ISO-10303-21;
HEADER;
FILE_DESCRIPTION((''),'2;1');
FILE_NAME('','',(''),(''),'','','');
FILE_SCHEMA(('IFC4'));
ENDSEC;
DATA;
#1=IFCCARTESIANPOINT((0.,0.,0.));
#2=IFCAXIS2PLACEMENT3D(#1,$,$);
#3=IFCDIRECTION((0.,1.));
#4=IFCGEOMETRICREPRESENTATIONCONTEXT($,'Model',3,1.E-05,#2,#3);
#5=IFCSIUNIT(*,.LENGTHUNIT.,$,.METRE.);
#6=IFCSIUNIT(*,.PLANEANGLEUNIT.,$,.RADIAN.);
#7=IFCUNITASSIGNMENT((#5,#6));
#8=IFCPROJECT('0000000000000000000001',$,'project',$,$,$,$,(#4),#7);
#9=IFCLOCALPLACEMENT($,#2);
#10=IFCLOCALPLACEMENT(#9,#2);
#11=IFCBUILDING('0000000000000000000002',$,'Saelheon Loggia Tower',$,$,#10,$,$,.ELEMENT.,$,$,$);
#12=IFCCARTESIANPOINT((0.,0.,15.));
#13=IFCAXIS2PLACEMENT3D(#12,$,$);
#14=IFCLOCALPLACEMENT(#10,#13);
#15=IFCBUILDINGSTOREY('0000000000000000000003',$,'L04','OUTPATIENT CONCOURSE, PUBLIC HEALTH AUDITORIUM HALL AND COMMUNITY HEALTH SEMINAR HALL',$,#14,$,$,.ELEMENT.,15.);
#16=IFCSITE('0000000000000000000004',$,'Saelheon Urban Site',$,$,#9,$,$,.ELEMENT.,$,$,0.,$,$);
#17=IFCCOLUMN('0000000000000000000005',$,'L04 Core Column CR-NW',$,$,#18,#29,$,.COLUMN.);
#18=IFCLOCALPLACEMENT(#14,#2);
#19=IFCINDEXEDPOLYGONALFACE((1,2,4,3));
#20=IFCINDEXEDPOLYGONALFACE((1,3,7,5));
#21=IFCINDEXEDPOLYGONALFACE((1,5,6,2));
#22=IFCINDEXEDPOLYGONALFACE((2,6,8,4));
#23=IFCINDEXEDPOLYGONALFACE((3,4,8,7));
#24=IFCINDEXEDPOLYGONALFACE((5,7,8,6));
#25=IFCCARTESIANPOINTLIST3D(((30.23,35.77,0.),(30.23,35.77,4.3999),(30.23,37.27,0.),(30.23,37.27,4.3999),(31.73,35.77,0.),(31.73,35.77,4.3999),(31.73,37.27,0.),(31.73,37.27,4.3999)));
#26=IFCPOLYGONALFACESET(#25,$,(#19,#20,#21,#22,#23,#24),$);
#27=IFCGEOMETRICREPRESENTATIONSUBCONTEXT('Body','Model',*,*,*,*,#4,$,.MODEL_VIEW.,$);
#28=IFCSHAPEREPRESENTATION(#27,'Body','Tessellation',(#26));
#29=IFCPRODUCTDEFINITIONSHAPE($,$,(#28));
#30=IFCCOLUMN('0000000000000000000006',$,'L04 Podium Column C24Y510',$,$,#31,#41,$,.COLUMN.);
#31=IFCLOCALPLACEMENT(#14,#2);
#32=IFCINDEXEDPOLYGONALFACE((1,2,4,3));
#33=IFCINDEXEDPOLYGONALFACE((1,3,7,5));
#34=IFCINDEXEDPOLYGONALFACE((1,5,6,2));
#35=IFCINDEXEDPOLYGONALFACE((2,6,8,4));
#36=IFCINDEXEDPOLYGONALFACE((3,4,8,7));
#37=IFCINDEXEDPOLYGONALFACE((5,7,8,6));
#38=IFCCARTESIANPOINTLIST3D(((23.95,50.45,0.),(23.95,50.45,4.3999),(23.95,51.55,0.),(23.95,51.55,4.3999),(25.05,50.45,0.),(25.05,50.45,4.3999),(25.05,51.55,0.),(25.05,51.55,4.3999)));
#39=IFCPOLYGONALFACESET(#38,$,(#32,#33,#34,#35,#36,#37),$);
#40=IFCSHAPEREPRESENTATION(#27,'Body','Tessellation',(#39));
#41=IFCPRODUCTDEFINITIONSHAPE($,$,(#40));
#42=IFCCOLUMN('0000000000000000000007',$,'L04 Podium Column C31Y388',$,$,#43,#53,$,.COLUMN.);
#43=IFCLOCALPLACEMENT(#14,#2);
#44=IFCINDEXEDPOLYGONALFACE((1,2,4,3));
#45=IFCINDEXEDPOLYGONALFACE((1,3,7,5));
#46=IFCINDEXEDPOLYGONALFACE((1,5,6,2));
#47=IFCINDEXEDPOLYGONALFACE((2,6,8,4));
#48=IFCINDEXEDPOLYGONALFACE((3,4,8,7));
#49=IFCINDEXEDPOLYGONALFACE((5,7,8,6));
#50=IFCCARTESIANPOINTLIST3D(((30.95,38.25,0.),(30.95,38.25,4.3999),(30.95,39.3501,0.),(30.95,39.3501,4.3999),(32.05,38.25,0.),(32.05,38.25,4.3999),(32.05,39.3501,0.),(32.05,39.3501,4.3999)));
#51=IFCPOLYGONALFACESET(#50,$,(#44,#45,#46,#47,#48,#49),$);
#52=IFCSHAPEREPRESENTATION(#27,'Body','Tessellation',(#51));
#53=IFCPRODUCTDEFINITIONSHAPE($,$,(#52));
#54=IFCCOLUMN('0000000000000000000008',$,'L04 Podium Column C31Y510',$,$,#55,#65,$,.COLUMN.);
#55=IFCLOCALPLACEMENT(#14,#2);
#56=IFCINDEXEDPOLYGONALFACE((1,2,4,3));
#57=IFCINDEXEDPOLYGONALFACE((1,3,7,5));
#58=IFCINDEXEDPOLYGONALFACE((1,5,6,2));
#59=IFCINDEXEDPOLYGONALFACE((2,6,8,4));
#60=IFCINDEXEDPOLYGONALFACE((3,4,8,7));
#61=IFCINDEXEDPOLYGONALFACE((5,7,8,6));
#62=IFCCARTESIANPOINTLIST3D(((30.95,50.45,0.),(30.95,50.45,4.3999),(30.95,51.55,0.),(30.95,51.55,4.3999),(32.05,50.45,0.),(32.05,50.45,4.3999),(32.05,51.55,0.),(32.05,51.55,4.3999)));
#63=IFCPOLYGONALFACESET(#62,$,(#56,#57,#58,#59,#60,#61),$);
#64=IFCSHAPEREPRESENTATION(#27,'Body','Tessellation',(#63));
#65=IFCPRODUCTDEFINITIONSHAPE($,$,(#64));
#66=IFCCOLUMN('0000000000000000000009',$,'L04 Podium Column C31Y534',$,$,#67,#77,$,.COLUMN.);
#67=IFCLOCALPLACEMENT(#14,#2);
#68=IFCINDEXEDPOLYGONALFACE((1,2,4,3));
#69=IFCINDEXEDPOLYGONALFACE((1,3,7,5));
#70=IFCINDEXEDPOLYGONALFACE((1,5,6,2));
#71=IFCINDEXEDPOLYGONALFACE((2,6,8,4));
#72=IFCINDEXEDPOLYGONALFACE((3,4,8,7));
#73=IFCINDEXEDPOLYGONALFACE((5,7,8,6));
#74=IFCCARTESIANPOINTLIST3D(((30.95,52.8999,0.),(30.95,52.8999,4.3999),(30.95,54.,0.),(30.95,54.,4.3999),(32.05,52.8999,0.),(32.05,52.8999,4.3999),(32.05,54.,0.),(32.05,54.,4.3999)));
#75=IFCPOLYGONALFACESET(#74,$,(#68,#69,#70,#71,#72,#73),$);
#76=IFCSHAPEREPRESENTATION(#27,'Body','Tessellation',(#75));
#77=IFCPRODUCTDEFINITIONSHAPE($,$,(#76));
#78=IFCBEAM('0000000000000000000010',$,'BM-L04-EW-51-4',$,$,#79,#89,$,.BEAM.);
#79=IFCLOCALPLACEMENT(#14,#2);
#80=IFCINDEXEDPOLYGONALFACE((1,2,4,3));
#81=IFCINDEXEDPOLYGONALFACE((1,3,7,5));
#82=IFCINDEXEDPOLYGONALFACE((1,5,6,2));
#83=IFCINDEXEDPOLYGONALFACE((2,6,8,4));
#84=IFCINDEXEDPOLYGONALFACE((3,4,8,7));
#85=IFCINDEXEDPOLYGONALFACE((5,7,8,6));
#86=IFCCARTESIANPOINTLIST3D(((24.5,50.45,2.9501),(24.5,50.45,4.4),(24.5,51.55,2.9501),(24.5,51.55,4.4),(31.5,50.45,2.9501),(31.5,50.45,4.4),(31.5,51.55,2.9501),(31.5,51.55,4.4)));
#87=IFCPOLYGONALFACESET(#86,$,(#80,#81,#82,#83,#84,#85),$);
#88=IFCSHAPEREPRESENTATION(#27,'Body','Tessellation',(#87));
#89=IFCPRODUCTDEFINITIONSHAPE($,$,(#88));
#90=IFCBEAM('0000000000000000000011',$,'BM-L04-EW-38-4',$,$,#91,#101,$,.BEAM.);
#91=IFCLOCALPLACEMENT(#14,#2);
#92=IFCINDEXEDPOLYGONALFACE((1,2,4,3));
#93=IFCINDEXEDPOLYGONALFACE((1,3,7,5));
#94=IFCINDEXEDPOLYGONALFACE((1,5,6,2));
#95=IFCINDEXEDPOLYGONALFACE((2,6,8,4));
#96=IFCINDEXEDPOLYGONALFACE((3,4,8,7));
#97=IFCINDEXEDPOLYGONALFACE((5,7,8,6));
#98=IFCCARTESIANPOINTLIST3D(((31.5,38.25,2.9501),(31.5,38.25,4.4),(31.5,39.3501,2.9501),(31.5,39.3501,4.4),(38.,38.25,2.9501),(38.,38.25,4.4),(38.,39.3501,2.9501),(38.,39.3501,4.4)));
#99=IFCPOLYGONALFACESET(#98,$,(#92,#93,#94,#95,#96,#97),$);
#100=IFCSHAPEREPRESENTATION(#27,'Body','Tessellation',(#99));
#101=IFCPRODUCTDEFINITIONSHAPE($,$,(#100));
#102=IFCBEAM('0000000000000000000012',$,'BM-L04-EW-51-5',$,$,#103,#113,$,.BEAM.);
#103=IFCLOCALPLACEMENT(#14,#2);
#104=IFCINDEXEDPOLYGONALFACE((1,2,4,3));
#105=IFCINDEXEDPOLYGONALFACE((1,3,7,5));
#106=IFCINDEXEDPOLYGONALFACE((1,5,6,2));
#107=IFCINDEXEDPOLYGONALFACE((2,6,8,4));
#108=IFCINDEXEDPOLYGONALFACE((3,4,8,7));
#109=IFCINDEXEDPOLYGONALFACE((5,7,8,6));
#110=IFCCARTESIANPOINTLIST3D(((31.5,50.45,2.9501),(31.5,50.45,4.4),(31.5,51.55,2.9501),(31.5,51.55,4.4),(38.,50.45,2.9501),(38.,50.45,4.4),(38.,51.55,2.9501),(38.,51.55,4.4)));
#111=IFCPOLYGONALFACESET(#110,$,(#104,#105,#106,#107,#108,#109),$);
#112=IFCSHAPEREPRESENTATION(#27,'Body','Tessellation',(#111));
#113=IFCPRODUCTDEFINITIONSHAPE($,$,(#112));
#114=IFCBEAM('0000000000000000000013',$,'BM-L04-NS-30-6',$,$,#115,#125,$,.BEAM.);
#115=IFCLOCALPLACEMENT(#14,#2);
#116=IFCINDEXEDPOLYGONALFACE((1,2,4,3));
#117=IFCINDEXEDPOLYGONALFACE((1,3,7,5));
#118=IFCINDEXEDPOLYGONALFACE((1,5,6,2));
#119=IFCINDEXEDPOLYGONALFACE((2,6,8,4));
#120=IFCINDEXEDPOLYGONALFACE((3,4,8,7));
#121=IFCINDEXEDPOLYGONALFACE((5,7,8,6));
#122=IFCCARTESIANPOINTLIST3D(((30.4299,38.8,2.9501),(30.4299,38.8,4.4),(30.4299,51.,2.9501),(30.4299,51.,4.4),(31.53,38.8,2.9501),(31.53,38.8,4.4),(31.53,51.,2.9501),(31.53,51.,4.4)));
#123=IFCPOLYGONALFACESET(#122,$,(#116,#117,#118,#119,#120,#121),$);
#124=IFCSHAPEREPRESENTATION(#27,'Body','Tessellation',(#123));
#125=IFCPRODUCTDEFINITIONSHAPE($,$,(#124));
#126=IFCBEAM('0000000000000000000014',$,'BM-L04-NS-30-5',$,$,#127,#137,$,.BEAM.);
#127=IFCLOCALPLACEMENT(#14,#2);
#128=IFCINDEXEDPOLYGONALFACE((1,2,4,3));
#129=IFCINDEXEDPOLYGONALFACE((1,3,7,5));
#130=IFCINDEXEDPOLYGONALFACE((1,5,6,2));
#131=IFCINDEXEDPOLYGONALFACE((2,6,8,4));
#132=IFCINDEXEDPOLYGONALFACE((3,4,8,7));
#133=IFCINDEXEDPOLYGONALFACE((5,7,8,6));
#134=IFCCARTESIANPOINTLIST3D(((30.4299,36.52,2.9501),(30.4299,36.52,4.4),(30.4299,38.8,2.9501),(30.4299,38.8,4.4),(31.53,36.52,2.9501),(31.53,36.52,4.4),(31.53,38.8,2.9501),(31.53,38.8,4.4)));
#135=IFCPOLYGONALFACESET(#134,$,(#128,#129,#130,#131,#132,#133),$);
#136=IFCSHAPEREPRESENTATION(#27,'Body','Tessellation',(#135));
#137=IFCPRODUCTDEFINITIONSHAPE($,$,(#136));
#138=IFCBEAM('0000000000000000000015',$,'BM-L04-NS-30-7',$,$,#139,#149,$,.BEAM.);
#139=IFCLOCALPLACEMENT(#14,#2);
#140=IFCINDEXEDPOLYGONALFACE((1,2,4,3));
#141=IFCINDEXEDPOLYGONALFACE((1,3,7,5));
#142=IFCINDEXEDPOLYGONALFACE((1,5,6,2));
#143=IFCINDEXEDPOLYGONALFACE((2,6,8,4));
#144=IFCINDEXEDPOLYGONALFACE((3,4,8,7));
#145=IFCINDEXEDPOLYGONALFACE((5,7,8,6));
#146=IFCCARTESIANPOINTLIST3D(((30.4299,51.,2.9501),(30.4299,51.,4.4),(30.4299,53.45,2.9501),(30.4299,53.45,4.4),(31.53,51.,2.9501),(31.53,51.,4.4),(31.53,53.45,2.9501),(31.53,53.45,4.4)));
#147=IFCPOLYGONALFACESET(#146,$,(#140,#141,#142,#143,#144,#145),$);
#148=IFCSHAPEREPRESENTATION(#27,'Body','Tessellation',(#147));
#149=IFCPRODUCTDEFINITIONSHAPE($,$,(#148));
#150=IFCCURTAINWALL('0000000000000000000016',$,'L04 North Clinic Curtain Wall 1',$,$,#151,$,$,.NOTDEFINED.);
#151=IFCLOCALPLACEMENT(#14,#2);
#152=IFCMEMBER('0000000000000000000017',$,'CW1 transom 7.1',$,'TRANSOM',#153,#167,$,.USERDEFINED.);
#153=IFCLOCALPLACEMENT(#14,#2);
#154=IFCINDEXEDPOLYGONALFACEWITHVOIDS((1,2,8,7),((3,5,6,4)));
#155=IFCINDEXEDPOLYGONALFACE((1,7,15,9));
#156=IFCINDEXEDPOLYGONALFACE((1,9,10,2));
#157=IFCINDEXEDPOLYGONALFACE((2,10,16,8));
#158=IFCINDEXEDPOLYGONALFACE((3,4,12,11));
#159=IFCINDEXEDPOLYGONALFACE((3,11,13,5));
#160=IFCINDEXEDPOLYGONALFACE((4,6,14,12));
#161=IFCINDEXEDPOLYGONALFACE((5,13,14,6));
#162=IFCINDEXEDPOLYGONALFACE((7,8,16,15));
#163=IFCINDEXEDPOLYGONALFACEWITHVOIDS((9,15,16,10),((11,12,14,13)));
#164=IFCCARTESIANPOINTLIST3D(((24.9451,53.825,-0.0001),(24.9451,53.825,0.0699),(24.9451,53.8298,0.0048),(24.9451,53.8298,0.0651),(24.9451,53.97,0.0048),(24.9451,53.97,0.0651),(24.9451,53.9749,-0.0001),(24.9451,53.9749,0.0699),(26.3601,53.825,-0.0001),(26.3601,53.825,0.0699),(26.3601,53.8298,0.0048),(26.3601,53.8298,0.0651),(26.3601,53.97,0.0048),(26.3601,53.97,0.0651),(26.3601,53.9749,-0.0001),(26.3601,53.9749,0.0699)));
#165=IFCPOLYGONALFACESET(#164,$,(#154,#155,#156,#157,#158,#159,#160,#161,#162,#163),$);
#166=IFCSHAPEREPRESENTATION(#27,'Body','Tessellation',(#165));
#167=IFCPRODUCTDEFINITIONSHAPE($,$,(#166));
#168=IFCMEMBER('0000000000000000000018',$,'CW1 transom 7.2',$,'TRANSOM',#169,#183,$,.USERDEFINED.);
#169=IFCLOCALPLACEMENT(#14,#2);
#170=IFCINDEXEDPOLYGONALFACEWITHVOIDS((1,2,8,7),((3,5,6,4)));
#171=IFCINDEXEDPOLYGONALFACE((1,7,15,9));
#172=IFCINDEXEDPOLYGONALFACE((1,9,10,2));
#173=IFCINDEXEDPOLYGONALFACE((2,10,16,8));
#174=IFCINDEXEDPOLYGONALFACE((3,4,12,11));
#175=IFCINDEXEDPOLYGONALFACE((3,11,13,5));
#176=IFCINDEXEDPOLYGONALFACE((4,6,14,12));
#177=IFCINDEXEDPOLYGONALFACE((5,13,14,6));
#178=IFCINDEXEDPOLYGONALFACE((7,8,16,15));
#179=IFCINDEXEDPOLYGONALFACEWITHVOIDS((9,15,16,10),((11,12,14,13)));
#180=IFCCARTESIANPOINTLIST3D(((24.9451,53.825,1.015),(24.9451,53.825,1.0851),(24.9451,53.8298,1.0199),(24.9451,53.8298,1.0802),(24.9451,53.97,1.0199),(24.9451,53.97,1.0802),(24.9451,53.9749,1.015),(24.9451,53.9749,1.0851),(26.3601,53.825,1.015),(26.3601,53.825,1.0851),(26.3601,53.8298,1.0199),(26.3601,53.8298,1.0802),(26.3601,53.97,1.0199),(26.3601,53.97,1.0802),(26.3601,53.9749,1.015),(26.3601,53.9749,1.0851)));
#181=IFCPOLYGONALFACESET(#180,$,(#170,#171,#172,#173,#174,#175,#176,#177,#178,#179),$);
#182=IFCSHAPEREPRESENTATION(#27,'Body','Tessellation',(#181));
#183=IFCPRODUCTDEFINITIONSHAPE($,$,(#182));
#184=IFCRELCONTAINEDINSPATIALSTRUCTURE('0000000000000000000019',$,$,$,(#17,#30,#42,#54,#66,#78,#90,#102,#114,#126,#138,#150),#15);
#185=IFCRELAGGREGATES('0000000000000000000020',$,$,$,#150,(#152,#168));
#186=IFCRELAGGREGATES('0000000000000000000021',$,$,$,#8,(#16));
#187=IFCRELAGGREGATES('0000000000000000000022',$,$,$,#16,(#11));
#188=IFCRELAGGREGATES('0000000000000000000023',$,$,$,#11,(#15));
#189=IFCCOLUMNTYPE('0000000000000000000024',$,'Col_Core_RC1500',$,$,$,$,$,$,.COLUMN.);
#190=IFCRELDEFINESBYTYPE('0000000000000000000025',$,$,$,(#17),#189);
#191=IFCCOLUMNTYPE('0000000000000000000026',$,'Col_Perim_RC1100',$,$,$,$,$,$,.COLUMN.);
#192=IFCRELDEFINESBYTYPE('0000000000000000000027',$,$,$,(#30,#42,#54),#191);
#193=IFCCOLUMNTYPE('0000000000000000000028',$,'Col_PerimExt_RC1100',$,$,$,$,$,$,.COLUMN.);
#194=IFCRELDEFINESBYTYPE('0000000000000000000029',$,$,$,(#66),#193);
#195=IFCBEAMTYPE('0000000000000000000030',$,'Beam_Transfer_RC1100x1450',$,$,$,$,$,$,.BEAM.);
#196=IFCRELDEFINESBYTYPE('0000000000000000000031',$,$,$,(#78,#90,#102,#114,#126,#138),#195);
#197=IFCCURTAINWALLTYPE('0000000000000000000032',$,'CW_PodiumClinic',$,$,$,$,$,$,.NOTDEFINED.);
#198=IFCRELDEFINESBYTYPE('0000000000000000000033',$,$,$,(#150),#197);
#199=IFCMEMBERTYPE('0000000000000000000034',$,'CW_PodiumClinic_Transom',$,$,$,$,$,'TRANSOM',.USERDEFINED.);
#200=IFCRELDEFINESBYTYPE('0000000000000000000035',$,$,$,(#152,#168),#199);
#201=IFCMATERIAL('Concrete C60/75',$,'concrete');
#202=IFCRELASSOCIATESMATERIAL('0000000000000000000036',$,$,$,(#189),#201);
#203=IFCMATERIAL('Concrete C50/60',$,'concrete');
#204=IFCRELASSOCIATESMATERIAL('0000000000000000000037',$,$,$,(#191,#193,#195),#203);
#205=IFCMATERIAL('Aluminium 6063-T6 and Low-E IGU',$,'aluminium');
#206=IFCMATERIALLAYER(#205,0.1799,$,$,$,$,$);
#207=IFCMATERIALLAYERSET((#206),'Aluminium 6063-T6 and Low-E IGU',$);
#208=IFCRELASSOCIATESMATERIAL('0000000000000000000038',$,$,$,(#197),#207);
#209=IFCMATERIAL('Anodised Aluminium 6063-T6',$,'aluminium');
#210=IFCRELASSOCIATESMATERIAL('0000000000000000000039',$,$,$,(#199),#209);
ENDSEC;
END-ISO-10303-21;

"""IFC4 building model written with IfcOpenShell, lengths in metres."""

from ifc_helpers import new_model, si_unit, direction, frame, origin, origin_2d, place, context, subcontext, project, spatial, rectangle, hollow_rectangle, extrude, source, transform, mapped, material, layer, layer_set, material_profile, profile_set, type_object, element, aggregate, save


model = new_model("IFC4")

# Units and contexts
model_context = context("Model", 3, precision=1e-05, world=origin(), true_north=direction((0.0, 1.0)))
body_context = subcontext(model_context, "Body", "Model", "MODEL_VIEW")
ifc_project = project(units=[si_unit("LENGTHUNIT", "METRE"), si_unit("PLANEANGLEUNIT", "RADIAN")], contexts=[model_context])

# Site, building, storey
site_placement = place(None, origin())
site = spatial("IfcSite", under=ifc_project, at=site_placement, Name="Saelheon Urban Site", CompositionType="ELEMENT", RefElevation=0.0)
building_placement = place(site_placement, origin())
building = spatial("IfcBuilding", under=site, at=building_placement, Name="Saelheon Loggia Tower", CompositionType="ELEMENT")
storey_placement = place(building_placement, frame((0.0, 0.0, 15.0)))
storey = spatial("IfcBuildingStorey", under=building, at=storey_placement, Name="L04", Description="OUTPATIENT CONCOURSE, PUBLIC HEALTH AUDITORIUM HALL AND COMMUNITY HEALTH SEMINAR HALL", CompositionType="ELEMENT", Elevation=15.0)

# Columns
ifc_material_1 = material(Name="Concrete C60/75", Category="concrete")
ifc_material_profile_1 = material_profile(ifc_material_1, rectangle(XDim=1.5, YDim=1.5, at=origin_2d()), Name="RC-1500x1500")
ifc_profile_set_1 = profile_set([ifc_material_profile_1], Name="Concrete C60/75")
column_type_1 = type_object("IfcColumnType", Name="Col_Core_RC1500", PredefinedType="COLUMN", material=ifc_profile_set_1)
shared_shape_1 = source(origin(), body_context, "Body", "SweptSolid", [
    extrude(rectangle(XDim=1.5, YDim=1.5, at=origin_2d()), origin(), (0.0, 0.0, 1.0), 4.3999),
])
column_1_placement = place(storey_placement, frame((30.98, 36.52, 0.0), z_axis=(0.0, 0.0, 1.0), x_axis=(1.0, 0.0, 0.0)))
element("IfcColumn", 1, at=column_1_placement, inside=storey, type_object=column_type_1, Name="L04 Core Column CR-NW", PredefinedType="COLUMN", context=body_context, shape_type="MappedRepresentation", body=[
    mapped(shared_shape_1, transform((0.0, 0.0, 0.0), scale=1.0)),
])
ifc_material_2 = material(Name="Concrete C50/60", Category="concrete")
ifc_material_profile_2 = material_profile(ifc_material_2, rectangle(XDim=1.1001, YDim=1.1001, at=origin_2d()), Name="RC-1100x1100")
ifc_profile_set_2 = profile_set([ifc_material_profile_2], Name="Concrete C50/60")
column_type_2 = type_object("IfcColumnType", Name="Col_Perim_RC1100", PredefinedType="COLUMN", material=ifc_profile_set_2)
shared_shape_2 = source(origin(), body_context, "Body", "SweptSolid", [
    extrude(rectangle(XDim=1.1001, YDim=1.1001, at=origin_2d()), origin(), (0.0, 0.0, 1.0), 4.3999),
])
for number, where, z_axis, x_axis, name in (
    (2, (24.5, 51.0, 0.0), (0.0, 0.0, 1.0), (1.0, 0.0, 0.0), "L04 Podium Column C24Y510"),
    (3, (31.5, 38.8, 0.0), (0.0, 0.0, 1.0), (1.0, 0.0, 0.0), "L04 Podium Column C31Y388"),
    (4, (31.5, 51.0, 0.0), (0.0, 0.0, 1.0), (1.0, 0.0, 0.0), "L04 Podium Column C31Y510"),
):
    element("IfcColumn", number, at=place(storey_placement, frame(where, z_axis=z_axis, x_axis=x_axis)), inside=storey, type_object=column_type_2, Name=name, PredefinedType="COLUMN", context=body_context, shape_type="MappedRepresentation", body=[
        mapped(shared_shape_2, transform((0.0, 0.0, 0.0), scale=1.0)),
    ])
ifc_material_profile_3 = material_profile(ifc_material_2, rectangle(XDim=1.1001, YDim=1.1001, at=origin_2d()), Name="RC-1100x1100")
ifc_profile_set_3 = profile_set([ifc_material_profile_3], Name="Concrete C50/60")
column_type_3 = type_object("IfcColumnType", Name="Col_PerimExt_RC1100", PredefinedType="COLUMN", material=ifc_profile_set_3)
column_2_placement = place(storey_placement, frame((31.5, 53.45, 0.0), z_axis=(0.0, 0.0, 1.0), x_axis=(1.0, 0.0, 0.0)))
element("IfcColumn", 5, at=column_2_placement, inside=storey, type_object=column_type_3, Name="L04 Podium Column C31Y534", PredefinedType="COLUMN", context=body_context, shape_type="MappedRepresentation", body=[
    mapped(shared_shape_2, transform((0.0, 0.0, 0.0), scale=1.0)),
])

# Beams
ifc_material_profile_4 = material_profile(ifc_material_2, rectangle(XDim=1.1001, YDim=1.45, at=origin_2d()), Name="RC-1100x1450")
ifc_profile_set_4 = profile_set([ifc_material_profile_4], Name="Concrete C50/60")
beam_type = type_object("IfcBeamType", Name="Beam_Transfer_RC1100x1450", PredefinedType="BEAM", material=ifc_profile_set_4)
shared_shape_3 = source(origin(), body_context, "Body", "SweptSolid", [
    extrude(rectangle(XDim=1.1001, YDim=1.45, at=origin_2d()), origin(), (0.0, 0.0, 1.0), 7.0),
])
beam_1_placement = place(storey_placement, frame((24.5, 51.0, 3.675), z_axis=(1.0, 0.0, 0.0), x_axis=(0.0, 1.0, 0.0)))
element("IfcBeam", 6, at=beam_1_placement, inside=storey, type_object=beam_type, Name="BM-L04-EW-51-4", PredefinedType="BEAM", context=body_context, shape_type="MappedRepresentation", body=[
    mapped(shared_shape_3, transform((0.0, 0.0, 0.0), scale=1.0)),
])
shared_shape_4 = source(origin(), body_context, "Body", "SweptSolid", [
    extrude(rectangle(XDim=1.1001, YDim=1.45, at=origin_2d()), origin(), (0.0, 0.0, 1.0), 6.5),
])
for number, where, z_axis, x_axis, name in (
    (7, (31.5, 38.8, 3.675), (1.0, 0.0, 0.0), (0.0, 1.0, 0.0), "BM-L04-EW-38-4"),
    (8, (31.5, 51.0, 3.675), (1.0, 0.0, 0.0), (0.0, 1.0, 0.0), "BM-L04-EW-51-5"),
):
    element("IfcBeam", number, at=place(storey_placement, frame(where, z_axis=z_axis, x_axis=x_axis)), inside=storey, type_object=beam_type, Name=name, PredefinedType="BEAM", context=body_context, shape_type="MappedRepresentation", body=[
        mapped(shared_shape_4, transform((0.0, 0.0, 0.0), scale=1.0)),
    ])
shared_shape_5 = source(origin(), body_context, "Body", "SweptSolid", [
    extrude(rectangle(XDim=1.1001, YDim=1.45, at=origin_2d()), origin(), (0.0, 0.0, 1.0), 12.2),
])
beam_2_placement = place(storey_placement, frame((30.98, 38.8, 3.675), z_axis=(0.0, 1.0, 0.0), x_axis=(-1.0, 0.0, 0.0)))
element("IfcBeam", 9, at=beam_2_placement, inside=storey, type_object=beam_type, Name="BM-L04-NS-30-6", PredefinedType="BEAM", context=body_context, shape_type="MappedRepresentation", body=[
    mapped(shared_shape_5, transform((0.0, 0.0, 0.0), scale=1.0)),
])
shared_shape_6 = source(origin(), body_context, "Body", "SweptSolid", [
    extrude(rectangle(XDim=1.1001, YDim=1.45, at=origin_2d()), origin(), (0.0, 0.0, 1.0), 2.28),
])
beam_3_placement = place(storey_placement, frame((30.98, 36.52, 3.675), z_axis=(0.0, 1.0, 0.0), x_axis=(-1.0, 0.0, 0.0)))
element("IfcBeam", 10, at=beam_3_placement, inside=storey, type_object=beam_type, Name="BM-L04-NS-30-5", PredefinedType="BEAM", context=body_context, shape_type="MappedRepresentation", body=[
    mapped(shared_shape_6, transform((0.0, 0.0, 0.0), scale=1.0)),
])
shared_shape_7 = source(origin(), body_context, "Body", "SweptSolid", [
    extrude(rectangle(XDim=1.1001, YDim=1.45, at=origin_2d()), origin(), (0.0, 0.0, 1.0), 2.45),
])
beam_4_placement = place(storey_placement, frame((30.98, 51.0, 3.675), z_axis=(0.0, 1.0, 0.0), x_axis=(-1.0, 0.0, 0.0)))
element("IfcBeam", 11, at=beam_4_placement, inside=storey, type_object=beam_type, Name="BM-L04-NS-30-7", PredefinedType="BEAM", context=body_context, shape_type="MappedRepresentation", body=[
    mapped(shared_shape_7, transform((0.0, 0.0, 0.0), scale=1.0)),
])

# Curtain wall, members
ifc_material_3 = material(Name="Aluminium 6063-T6 and Low-E IGU", Category="aluminium")
ifc_layer_1 = layer(ifc_material_3, 0.1799)
ifc_layer_set_1 = layer_set([ifc_layer_1], Name="Aluminium 6063-T6 and Low-E IGU")
curtain_wall_type = type_object("IfcCurtainWallType", Name="CW_PodiumClinic", PredefinedType="NOTDEFINED", material=ifc_layer_set_1)
curtain_wall_placement = place(storey_placement, origin())
curtain_wall = element("IfcCurtainWall", 12, at=curtain_wall_placement, inside=storey, type_object=curtain_wall_type, Name="L04 North Clinic Curtain Wall 1", PredefinedType="NOTDEFINED")
ifc_material_4 = material(Name="Anodised Aluminium 6063-T6", Category="aluminium")
ifc_material_profile_5 = material_profile(ifc_material_4, hollow_rectangle(XDim=0.0701, YDim=0.1499, WallThickness=0.0049, at=origin_2d()), Name="RHS-150x70x5")
ifc_profile_set_5 = profile_set([ifc_material_profile_5], Name="Anodised Aluminium 6063-T6")
member_type_1 = type_object("IfcMemberType", Name="CW_PodiumClinic_Transom", ElementType="TRANSOM", PredefinedType="USERDEFINED", material=ifc_profile_set_5)
shared_shape_8 = source(origin(), body_context, "Body", "SweptSolid", [
    extrude(hollow_rectangle(XDim=0.0701, YDim=0.1499, WallThickness=0.0049, at=origin_2d()), origin(), (0.0, 0.0, 1.0), 1.415),
])
member_1_placement = place(storey_placement, frame((24.9451, 53.8999, 0.0349), z_axis=(1.0, 0.0, 0.0), x_axis=(0.0, 0.0, 1.0)))
member_1 = element("IfcMember", 13, at=member_1_placement, type_object=member_type_1, Name="CW1 transom 7.1", ObjectType="TRANSOM", PredefinedType="USERDEFINED", context=body_context, shape_type="MappedRepresentation", body=[
    mapped(shared_shape_8, transform((0.0, 0.0, 0.0), scale=1.0)),
])
member_2_placement = place(storey_placement, frame((24.9451, 53.8999, 1.05), z_axis=(1.0, 0.0, 0.0), x_axis=(0.0, 0.0, 1.0)))
member_2 = element("IfcMember", 14, at=member_2_placement, type_object=member_type_1, Name="CW1 transom 7.2", ObjectType="TRANSOM", PredefinedType="USERDEFINED", context=body_context, shape_type="MappedRepresentation", body=[
    mapped(shared_shape_8, transform((0.0, 0.0, 0.0), scale=1.0)),
])
aggregate(curtain_wall, [member_1, member_2])

save(model, "model.ifc")
